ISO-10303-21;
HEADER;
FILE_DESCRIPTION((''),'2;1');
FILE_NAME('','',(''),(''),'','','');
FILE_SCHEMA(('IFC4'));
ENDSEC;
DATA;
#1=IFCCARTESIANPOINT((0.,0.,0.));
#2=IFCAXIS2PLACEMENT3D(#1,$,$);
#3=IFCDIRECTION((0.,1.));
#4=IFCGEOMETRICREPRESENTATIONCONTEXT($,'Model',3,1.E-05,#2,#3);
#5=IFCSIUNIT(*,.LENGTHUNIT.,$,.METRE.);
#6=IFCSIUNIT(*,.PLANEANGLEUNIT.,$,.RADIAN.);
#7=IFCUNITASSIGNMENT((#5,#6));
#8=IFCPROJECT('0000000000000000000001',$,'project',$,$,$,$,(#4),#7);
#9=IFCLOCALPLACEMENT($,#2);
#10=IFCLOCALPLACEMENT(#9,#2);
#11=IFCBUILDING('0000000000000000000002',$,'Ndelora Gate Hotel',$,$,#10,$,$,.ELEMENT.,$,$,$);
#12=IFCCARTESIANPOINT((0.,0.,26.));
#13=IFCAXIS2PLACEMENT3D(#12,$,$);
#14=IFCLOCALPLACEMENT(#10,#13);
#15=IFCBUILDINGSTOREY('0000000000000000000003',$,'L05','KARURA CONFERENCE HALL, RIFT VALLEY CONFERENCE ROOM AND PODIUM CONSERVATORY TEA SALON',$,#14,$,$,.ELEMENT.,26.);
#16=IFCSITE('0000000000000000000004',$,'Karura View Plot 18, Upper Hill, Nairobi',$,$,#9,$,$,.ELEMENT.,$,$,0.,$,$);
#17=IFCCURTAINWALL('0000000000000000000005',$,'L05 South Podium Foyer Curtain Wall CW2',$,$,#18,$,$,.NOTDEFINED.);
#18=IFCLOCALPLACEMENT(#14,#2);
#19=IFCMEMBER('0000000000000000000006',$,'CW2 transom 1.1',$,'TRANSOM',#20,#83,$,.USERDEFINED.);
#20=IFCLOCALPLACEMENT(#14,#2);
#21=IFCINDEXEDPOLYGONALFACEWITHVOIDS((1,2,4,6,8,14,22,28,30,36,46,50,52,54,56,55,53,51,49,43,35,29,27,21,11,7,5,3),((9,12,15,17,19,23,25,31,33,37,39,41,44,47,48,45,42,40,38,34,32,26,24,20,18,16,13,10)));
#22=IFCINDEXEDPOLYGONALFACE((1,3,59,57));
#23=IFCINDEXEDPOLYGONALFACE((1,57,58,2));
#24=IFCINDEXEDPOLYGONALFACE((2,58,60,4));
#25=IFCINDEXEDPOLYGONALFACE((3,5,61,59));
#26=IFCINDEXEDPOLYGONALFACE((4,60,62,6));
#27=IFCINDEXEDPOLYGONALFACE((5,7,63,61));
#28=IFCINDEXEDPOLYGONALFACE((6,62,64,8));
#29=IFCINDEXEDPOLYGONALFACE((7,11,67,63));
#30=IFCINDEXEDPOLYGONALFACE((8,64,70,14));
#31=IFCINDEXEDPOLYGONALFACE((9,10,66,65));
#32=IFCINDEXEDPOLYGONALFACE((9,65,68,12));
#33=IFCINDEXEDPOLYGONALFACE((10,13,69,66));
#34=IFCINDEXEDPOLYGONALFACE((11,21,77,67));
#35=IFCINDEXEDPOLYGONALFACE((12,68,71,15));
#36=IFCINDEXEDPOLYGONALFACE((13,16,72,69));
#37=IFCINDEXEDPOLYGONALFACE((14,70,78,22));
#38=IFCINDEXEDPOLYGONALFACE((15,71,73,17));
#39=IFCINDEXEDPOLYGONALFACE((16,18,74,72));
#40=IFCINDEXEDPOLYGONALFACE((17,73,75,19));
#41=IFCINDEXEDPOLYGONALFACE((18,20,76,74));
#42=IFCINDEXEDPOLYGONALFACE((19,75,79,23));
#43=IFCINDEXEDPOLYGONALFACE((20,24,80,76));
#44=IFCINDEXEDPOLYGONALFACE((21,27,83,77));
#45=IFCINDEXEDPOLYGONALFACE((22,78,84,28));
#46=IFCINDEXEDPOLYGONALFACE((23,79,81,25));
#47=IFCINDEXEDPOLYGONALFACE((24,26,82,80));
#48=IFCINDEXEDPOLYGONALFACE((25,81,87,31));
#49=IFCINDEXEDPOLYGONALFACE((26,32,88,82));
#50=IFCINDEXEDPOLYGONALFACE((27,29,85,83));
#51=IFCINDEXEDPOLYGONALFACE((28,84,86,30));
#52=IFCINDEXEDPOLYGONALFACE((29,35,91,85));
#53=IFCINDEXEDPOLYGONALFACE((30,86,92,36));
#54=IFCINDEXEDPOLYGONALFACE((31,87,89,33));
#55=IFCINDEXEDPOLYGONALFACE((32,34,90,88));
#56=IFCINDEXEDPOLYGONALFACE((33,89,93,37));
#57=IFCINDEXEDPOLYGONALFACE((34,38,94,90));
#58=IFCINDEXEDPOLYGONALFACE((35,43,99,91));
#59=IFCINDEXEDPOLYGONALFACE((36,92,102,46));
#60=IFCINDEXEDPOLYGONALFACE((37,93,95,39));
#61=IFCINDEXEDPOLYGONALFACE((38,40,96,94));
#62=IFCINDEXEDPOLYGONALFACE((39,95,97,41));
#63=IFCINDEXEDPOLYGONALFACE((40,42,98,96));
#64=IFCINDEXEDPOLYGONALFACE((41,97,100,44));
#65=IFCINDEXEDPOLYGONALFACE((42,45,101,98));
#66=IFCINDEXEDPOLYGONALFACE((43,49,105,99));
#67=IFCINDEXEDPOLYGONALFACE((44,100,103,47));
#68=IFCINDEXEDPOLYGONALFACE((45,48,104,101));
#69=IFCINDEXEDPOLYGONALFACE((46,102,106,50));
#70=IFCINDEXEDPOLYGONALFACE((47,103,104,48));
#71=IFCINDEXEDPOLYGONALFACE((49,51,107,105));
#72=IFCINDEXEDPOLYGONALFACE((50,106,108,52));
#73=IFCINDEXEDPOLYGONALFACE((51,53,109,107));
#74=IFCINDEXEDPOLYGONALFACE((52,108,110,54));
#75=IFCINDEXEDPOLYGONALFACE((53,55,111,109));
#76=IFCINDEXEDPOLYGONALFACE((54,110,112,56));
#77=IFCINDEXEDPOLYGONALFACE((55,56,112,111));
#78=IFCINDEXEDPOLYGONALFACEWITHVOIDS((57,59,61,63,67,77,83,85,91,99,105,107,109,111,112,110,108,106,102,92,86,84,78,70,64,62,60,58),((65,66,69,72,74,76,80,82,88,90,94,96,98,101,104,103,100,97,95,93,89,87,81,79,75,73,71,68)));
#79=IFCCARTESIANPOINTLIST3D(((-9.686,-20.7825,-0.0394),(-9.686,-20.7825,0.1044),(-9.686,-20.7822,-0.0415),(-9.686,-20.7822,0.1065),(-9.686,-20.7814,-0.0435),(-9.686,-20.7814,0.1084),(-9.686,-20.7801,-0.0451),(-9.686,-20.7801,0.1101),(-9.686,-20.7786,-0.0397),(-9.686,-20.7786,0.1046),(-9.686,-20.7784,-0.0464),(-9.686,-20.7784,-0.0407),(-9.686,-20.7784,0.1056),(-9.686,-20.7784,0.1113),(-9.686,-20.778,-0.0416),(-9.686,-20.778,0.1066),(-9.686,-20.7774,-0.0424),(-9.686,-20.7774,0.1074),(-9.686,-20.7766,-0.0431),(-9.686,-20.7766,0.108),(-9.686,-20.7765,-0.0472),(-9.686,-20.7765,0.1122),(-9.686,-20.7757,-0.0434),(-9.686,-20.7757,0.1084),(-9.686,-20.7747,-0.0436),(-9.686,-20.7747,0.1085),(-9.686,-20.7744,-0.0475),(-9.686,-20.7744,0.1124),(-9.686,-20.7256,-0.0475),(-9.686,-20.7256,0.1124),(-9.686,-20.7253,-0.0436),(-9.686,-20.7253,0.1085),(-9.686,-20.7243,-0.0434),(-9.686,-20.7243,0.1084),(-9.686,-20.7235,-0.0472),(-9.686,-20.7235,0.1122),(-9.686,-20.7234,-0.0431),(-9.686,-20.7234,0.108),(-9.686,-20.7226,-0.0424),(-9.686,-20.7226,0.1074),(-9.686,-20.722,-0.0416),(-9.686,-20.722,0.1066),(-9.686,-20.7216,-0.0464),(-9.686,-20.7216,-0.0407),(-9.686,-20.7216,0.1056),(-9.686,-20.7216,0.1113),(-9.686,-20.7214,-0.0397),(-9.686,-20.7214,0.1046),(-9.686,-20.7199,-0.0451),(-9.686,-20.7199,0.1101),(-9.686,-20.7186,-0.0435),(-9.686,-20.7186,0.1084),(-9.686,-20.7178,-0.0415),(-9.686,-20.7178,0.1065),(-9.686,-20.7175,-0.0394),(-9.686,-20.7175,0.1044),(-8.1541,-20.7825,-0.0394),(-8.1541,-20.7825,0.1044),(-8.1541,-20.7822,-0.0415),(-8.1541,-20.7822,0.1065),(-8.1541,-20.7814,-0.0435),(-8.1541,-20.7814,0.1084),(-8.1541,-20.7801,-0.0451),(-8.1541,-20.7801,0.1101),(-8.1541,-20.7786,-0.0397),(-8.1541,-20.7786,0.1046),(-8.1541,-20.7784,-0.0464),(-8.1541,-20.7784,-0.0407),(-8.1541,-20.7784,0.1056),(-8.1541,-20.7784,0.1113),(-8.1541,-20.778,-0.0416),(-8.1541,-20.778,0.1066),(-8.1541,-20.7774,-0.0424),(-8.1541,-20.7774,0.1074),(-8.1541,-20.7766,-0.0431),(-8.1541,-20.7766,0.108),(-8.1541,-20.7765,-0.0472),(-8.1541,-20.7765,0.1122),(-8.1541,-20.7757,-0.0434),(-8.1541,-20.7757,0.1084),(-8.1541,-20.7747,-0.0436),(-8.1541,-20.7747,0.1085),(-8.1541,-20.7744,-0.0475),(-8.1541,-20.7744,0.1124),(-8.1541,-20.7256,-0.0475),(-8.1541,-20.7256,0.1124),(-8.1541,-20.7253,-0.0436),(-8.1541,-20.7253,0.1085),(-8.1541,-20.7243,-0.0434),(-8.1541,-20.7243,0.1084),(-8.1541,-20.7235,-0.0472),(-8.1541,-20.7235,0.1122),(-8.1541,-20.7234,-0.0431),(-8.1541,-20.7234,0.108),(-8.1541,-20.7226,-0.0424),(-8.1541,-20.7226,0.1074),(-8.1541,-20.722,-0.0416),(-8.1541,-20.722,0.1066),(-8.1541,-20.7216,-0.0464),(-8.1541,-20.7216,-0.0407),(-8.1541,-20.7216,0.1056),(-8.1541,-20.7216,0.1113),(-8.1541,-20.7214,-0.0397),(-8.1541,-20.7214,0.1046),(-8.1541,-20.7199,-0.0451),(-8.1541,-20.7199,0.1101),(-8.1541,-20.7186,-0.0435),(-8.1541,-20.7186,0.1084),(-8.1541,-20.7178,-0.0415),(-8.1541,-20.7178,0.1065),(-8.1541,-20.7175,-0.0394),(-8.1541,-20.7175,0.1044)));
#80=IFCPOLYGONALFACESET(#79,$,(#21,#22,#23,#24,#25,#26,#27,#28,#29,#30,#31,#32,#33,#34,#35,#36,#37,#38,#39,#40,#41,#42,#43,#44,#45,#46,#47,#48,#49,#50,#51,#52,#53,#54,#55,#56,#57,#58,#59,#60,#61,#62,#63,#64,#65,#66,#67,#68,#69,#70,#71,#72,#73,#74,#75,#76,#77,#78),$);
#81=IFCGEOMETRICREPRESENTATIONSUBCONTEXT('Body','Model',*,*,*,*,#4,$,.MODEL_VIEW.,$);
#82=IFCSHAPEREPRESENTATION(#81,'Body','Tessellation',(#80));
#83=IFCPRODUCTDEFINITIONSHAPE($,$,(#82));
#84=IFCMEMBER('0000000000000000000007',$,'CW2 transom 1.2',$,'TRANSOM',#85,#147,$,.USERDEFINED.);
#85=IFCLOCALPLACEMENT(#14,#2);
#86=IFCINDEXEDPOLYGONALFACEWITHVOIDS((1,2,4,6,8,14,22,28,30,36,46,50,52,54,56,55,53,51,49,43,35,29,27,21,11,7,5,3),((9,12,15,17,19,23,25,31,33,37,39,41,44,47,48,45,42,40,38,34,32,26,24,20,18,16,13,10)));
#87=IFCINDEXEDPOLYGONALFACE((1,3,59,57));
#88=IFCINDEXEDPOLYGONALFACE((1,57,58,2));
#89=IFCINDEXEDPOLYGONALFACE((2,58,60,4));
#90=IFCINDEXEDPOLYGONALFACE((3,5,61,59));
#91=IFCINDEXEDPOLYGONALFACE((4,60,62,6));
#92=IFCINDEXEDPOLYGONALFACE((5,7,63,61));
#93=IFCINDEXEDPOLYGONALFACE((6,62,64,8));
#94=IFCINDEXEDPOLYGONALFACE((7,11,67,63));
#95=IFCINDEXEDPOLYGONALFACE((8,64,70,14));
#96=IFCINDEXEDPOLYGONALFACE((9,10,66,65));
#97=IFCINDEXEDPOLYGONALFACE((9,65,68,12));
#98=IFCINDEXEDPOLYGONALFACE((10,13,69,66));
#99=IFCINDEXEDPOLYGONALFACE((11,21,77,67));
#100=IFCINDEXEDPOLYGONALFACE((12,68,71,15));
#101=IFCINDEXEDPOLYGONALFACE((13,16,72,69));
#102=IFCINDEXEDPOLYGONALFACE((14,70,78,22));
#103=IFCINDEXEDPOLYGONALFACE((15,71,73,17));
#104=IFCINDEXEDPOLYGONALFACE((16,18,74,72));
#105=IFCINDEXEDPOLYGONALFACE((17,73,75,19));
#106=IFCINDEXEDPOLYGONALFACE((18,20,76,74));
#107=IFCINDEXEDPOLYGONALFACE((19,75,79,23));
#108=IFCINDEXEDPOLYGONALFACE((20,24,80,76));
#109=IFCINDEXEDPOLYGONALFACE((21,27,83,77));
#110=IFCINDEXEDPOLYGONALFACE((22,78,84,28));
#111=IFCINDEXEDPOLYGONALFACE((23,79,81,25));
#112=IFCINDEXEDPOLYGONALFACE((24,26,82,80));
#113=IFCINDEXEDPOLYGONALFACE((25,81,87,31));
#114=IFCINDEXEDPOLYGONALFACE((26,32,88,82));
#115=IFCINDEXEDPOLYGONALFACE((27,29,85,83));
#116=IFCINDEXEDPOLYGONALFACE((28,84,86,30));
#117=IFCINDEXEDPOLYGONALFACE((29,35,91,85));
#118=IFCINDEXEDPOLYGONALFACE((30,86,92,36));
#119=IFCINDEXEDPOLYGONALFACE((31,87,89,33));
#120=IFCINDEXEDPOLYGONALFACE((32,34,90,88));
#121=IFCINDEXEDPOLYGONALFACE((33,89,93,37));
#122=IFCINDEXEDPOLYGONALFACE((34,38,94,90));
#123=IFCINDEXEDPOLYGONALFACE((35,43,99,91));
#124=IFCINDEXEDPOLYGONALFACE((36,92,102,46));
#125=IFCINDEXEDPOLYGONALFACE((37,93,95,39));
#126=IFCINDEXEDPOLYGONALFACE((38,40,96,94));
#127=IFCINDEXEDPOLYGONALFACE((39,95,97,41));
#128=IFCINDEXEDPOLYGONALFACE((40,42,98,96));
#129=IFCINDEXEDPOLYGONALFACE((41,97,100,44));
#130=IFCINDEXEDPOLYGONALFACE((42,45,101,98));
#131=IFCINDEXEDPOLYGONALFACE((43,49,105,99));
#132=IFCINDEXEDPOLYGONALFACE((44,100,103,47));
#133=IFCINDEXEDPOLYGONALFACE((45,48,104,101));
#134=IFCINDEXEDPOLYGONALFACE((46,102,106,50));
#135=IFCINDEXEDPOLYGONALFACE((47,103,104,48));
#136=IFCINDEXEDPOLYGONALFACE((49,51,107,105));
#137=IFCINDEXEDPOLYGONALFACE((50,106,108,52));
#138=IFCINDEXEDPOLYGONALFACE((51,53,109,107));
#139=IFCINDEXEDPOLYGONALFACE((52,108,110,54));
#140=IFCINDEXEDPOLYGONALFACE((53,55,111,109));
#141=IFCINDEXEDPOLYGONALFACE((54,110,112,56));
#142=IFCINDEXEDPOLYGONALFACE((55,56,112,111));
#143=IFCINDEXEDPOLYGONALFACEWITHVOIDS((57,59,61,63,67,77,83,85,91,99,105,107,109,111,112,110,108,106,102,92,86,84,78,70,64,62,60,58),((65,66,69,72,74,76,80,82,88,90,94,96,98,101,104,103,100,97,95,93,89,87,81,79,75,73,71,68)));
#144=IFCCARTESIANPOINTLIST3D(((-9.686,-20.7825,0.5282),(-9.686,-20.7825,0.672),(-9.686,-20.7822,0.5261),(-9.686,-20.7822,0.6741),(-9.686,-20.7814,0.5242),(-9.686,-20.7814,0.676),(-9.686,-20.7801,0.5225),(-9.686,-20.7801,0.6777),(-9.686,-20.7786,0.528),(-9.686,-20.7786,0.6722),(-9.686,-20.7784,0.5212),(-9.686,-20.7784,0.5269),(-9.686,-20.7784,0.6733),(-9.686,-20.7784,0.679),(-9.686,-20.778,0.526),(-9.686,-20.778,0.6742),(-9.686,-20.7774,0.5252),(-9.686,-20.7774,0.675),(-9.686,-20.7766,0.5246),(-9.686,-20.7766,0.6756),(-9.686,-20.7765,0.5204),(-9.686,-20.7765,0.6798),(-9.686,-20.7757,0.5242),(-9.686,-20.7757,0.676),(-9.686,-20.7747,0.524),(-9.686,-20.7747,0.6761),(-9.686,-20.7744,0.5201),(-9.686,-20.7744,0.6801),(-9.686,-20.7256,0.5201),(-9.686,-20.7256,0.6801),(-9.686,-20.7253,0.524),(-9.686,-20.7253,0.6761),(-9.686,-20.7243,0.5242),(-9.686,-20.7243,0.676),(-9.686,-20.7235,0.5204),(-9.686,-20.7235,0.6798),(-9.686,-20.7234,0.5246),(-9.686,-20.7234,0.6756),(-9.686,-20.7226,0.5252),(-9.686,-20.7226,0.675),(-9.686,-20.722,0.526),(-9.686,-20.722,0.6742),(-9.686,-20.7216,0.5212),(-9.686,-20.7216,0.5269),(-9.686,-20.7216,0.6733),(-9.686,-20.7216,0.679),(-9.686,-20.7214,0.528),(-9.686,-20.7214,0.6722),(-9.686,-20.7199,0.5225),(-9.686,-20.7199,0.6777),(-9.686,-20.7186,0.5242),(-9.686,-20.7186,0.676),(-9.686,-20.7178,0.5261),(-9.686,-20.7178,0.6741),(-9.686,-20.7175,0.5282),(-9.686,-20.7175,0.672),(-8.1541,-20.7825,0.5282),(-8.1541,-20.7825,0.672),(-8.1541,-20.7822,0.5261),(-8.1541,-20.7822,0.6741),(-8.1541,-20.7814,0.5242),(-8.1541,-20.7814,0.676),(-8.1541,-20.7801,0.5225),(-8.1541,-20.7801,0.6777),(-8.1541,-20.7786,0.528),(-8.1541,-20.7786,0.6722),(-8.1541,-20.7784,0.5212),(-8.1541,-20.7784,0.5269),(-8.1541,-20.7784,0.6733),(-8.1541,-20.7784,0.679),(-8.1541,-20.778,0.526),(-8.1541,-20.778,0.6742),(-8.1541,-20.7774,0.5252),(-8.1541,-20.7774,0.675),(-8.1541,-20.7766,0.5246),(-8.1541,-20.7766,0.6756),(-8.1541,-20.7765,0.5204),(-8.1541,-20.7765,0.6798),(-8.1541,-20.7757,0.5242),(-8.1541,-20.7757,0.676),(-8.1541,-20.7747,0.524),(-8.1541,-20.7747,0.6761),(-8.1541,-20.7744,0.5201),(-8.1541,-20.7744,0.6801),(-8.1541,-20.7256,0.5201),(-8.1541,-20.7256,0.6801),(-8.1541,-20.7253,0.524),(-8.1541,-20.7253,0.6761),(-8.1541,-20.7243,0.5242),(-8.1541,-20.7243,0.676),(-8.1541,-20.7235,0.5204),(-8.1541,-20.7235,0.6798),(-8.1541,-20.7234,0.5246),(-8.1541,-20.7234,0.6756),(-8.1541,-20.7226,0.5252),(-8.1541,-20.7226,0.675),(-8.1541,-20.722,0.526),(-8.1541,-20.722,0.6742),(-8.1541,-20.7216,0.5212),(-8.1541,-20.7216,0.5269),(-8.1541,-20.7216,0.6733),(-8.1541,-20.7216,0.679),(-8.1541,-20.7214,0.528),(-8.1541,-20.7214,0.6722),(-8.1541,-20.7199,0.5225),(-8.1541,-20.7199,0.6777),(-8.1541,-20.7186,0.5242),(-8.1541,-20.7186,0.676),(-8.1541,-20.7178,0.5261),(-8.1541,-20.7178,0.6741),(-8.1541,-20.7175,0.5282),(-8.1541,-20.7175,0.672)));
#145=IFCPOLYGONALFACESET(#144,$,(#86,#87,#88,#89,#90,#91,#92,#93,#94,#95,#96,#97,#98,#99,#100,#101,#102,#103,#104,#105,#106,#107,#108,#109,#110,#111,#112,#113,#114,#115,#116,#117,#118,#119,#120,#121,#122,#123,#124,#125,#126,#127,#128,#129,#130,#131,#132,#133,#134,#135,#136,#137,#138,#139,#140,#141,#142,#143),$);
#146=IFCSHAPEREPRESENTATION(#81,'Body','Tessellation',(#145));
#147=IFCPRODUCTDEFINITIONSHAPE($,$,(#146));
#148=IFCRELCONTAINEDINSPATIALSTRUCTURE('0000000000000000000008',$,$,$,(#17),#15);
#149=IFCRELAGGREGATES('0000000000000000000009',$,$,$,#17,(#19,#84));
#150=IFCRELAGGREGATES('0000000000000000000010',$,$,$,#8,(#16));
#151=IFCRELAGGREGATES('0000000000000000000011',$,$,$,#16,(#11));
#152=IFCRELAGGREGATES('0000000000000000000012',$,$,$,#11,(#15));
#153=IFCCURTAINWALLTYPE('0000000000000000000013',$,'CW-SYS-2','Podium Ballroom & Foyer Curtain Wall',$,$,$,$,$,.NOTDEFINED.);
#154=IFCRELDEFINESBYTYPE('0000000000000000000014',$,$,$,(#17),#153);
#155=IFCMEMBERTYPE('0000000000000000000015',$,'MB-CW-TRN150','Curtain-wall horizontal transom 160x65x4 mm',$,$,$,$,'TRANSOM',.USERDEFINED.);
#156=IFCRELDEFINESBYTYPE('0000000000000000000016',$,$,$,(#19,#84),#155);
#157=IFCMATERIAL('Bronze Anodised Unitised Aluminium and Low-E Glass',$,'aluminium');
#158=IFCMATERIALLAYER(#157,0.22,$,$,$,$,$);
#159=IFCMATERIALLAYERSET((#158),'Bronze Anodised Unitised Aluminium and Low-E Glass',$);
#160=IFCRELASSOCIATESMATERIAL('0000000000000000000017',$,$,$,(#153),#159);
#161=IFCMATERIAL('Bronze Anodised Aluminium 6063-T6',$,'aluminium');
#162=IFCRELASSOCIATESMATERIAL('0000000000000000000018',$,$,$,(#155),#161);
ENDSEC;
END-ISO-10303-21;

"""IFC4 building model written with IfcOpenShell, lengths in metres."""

from ifc_helpers import new_model, si_unit, direction, frame, origin, origin_2d, place, context, subcontext, project, spatial, hollow_rectangle, extrude, material, layer, layer_set, material_profile, profile_set, type_object, element, aggregate, save


model = new_model("IFC4")

# Units and contexts
model_context = context("Model", 3, precision=1e-05, world=origin(), true_north=direction((0.0, 1.0)))
body_context = subcontext(model_context, "Body", "Model", "MODEL_VIEW")
ifc_project = project(units=[si_unit("LENGTHUNIT", "METRE"), si_unit("PLANEANGLEUNIT", "RADIAN")], contexts=[model_context])

# Site, building, storey
site_placement = place(None, origin())
site = spatial("IfcSite", under=ifc_project, at=site_placement, Name="Karura View Plot 18, Upper Hill, Nairobi", CompositionType="ELEMENT", RefElevation=0.0)
building_placement = place(site_placement, origin())
building = spatial("IfcBuilding", under=site, at=building_placement, Name="Ndelora Gate Hotel", CompositionType="ELEMENT")
storey_placement = place(building_placement, frame((0.0, 0.0, 26.0)))
storey = spatial("IfcBuildingStorey", under=building, at=storey_placement, Name="L05", Description="KARURA CONFERENCE HALL, RIFT VALLEY CONFERENCE ROOM AND PODIUM CONSERVATORY TEA SALON", CompositionType="ELEMENT", Elevation=26.0)

# Curtain wall, members
ifc_material_1 = material(Name="Bronze Anodised Unitised Aluminium and Low-E Glass", Category="aluminium")
ifc_layer_1 = layer(ifc_material_1, 0.22)
ifc_layer_set_1 = layer_set([ifc_layer_1], Name="Bronze Anodised Unitised Aluminium and Low-E Glass")
curtain_wall_type = type_object("IfcCurtainWallType", Name="CW-SYS-2", Description="Podium Ballroom & Foyer Curtain Wall", PredefinedType="NOTDEFINED", material=ifc_layer_set_1)
curtain_wall_placement = place(storey_placement, origin())
curtain_wall = element("IfcCurtainWall", 1, at=curtain_wall_placement, inside=storey, type_object=curtain_wall_type, Name="L05 South Podium Foyer Curtain Wall CW2", PredefinedType="NOTDEFINED")
ifc_material_2 = material(Name="Bronze Anodised Aluminium 6063-T6", Category="aluminium")
ifc_material_profile_1 = material_profile(ifc_material_2, hollow_rectangle(XDim=0.0649, YDim=0.1599, WallThickness=0.0039, InnerFilletRadius=0.0039, OuterFilletRadius=0.0081, at=origin_2d()), Name="ALU 160x65x4")
ifc_profile_set_1 = profile_set([ifc_material_profile_1], Name="Bronze Anodised Aluminium 6063-T6")
member_type_1 = type_object("IfcMemberType", Name="MB-CW-TRN150", Description="Curtain-wall horizontal transom 160x65x4 mm", ElementType="TRANSOM", PredefinedType="USERDEFINED", material=ifc_profile_set_1)
member_1_placement = place(storey_placement, frame((-9.686, -20.75, 0.0325), z_axis=(1.0, 0.0, 0.0), x_axis=(0.0, 1.0, 0.0)))
member_1 = element("IfcMember", 2, at=member_1_placement, type_object=member_type_1, Name="CW2 transom 1.1", ObjectType="TRANSOM", PredefinedType="USERDEFINED", context=body_context, shape_type="SweptSolid", body=[
    extrude(hollow_rectangle(XDim=0.0649, YDim=0.1599, WallThickness=0.0039, InnerFilletRadius=0.0039, OuterFilletRadius=0.0081, at=origin_2d()), origin(), (0.0, 0.0, 1.0), 1.532),
])
member_2_placement = place(storey_placement, frame((-9.686, -20.75, 0.6001), z_axis=(1.0, 0.0, 0.0), x_axis=(0.0, 1.0, 0.0)))
member_2 = element("IfcMember", 3, at=member_2_placement, type_object=member_type_1, Name="CW2 transom 1.2", ObjectType="TRANSOM", PredefinedType="USERDEFINED", context=body_context, shape_type="SweptSolid", body=[
    extrude(hollow_rectangle(XDim=0.0649, YDim=0.1599, WallThickness=0.0039, InnerFilletRadius=0.0039, OuterFilletRadius=0.0081, at=origin_2d()), origin(), (0.0, 0.0, 1.0), 1.532),
])
aggregate(curtain_wall, [member_1, member_2])

save(model, "model.ifc")
